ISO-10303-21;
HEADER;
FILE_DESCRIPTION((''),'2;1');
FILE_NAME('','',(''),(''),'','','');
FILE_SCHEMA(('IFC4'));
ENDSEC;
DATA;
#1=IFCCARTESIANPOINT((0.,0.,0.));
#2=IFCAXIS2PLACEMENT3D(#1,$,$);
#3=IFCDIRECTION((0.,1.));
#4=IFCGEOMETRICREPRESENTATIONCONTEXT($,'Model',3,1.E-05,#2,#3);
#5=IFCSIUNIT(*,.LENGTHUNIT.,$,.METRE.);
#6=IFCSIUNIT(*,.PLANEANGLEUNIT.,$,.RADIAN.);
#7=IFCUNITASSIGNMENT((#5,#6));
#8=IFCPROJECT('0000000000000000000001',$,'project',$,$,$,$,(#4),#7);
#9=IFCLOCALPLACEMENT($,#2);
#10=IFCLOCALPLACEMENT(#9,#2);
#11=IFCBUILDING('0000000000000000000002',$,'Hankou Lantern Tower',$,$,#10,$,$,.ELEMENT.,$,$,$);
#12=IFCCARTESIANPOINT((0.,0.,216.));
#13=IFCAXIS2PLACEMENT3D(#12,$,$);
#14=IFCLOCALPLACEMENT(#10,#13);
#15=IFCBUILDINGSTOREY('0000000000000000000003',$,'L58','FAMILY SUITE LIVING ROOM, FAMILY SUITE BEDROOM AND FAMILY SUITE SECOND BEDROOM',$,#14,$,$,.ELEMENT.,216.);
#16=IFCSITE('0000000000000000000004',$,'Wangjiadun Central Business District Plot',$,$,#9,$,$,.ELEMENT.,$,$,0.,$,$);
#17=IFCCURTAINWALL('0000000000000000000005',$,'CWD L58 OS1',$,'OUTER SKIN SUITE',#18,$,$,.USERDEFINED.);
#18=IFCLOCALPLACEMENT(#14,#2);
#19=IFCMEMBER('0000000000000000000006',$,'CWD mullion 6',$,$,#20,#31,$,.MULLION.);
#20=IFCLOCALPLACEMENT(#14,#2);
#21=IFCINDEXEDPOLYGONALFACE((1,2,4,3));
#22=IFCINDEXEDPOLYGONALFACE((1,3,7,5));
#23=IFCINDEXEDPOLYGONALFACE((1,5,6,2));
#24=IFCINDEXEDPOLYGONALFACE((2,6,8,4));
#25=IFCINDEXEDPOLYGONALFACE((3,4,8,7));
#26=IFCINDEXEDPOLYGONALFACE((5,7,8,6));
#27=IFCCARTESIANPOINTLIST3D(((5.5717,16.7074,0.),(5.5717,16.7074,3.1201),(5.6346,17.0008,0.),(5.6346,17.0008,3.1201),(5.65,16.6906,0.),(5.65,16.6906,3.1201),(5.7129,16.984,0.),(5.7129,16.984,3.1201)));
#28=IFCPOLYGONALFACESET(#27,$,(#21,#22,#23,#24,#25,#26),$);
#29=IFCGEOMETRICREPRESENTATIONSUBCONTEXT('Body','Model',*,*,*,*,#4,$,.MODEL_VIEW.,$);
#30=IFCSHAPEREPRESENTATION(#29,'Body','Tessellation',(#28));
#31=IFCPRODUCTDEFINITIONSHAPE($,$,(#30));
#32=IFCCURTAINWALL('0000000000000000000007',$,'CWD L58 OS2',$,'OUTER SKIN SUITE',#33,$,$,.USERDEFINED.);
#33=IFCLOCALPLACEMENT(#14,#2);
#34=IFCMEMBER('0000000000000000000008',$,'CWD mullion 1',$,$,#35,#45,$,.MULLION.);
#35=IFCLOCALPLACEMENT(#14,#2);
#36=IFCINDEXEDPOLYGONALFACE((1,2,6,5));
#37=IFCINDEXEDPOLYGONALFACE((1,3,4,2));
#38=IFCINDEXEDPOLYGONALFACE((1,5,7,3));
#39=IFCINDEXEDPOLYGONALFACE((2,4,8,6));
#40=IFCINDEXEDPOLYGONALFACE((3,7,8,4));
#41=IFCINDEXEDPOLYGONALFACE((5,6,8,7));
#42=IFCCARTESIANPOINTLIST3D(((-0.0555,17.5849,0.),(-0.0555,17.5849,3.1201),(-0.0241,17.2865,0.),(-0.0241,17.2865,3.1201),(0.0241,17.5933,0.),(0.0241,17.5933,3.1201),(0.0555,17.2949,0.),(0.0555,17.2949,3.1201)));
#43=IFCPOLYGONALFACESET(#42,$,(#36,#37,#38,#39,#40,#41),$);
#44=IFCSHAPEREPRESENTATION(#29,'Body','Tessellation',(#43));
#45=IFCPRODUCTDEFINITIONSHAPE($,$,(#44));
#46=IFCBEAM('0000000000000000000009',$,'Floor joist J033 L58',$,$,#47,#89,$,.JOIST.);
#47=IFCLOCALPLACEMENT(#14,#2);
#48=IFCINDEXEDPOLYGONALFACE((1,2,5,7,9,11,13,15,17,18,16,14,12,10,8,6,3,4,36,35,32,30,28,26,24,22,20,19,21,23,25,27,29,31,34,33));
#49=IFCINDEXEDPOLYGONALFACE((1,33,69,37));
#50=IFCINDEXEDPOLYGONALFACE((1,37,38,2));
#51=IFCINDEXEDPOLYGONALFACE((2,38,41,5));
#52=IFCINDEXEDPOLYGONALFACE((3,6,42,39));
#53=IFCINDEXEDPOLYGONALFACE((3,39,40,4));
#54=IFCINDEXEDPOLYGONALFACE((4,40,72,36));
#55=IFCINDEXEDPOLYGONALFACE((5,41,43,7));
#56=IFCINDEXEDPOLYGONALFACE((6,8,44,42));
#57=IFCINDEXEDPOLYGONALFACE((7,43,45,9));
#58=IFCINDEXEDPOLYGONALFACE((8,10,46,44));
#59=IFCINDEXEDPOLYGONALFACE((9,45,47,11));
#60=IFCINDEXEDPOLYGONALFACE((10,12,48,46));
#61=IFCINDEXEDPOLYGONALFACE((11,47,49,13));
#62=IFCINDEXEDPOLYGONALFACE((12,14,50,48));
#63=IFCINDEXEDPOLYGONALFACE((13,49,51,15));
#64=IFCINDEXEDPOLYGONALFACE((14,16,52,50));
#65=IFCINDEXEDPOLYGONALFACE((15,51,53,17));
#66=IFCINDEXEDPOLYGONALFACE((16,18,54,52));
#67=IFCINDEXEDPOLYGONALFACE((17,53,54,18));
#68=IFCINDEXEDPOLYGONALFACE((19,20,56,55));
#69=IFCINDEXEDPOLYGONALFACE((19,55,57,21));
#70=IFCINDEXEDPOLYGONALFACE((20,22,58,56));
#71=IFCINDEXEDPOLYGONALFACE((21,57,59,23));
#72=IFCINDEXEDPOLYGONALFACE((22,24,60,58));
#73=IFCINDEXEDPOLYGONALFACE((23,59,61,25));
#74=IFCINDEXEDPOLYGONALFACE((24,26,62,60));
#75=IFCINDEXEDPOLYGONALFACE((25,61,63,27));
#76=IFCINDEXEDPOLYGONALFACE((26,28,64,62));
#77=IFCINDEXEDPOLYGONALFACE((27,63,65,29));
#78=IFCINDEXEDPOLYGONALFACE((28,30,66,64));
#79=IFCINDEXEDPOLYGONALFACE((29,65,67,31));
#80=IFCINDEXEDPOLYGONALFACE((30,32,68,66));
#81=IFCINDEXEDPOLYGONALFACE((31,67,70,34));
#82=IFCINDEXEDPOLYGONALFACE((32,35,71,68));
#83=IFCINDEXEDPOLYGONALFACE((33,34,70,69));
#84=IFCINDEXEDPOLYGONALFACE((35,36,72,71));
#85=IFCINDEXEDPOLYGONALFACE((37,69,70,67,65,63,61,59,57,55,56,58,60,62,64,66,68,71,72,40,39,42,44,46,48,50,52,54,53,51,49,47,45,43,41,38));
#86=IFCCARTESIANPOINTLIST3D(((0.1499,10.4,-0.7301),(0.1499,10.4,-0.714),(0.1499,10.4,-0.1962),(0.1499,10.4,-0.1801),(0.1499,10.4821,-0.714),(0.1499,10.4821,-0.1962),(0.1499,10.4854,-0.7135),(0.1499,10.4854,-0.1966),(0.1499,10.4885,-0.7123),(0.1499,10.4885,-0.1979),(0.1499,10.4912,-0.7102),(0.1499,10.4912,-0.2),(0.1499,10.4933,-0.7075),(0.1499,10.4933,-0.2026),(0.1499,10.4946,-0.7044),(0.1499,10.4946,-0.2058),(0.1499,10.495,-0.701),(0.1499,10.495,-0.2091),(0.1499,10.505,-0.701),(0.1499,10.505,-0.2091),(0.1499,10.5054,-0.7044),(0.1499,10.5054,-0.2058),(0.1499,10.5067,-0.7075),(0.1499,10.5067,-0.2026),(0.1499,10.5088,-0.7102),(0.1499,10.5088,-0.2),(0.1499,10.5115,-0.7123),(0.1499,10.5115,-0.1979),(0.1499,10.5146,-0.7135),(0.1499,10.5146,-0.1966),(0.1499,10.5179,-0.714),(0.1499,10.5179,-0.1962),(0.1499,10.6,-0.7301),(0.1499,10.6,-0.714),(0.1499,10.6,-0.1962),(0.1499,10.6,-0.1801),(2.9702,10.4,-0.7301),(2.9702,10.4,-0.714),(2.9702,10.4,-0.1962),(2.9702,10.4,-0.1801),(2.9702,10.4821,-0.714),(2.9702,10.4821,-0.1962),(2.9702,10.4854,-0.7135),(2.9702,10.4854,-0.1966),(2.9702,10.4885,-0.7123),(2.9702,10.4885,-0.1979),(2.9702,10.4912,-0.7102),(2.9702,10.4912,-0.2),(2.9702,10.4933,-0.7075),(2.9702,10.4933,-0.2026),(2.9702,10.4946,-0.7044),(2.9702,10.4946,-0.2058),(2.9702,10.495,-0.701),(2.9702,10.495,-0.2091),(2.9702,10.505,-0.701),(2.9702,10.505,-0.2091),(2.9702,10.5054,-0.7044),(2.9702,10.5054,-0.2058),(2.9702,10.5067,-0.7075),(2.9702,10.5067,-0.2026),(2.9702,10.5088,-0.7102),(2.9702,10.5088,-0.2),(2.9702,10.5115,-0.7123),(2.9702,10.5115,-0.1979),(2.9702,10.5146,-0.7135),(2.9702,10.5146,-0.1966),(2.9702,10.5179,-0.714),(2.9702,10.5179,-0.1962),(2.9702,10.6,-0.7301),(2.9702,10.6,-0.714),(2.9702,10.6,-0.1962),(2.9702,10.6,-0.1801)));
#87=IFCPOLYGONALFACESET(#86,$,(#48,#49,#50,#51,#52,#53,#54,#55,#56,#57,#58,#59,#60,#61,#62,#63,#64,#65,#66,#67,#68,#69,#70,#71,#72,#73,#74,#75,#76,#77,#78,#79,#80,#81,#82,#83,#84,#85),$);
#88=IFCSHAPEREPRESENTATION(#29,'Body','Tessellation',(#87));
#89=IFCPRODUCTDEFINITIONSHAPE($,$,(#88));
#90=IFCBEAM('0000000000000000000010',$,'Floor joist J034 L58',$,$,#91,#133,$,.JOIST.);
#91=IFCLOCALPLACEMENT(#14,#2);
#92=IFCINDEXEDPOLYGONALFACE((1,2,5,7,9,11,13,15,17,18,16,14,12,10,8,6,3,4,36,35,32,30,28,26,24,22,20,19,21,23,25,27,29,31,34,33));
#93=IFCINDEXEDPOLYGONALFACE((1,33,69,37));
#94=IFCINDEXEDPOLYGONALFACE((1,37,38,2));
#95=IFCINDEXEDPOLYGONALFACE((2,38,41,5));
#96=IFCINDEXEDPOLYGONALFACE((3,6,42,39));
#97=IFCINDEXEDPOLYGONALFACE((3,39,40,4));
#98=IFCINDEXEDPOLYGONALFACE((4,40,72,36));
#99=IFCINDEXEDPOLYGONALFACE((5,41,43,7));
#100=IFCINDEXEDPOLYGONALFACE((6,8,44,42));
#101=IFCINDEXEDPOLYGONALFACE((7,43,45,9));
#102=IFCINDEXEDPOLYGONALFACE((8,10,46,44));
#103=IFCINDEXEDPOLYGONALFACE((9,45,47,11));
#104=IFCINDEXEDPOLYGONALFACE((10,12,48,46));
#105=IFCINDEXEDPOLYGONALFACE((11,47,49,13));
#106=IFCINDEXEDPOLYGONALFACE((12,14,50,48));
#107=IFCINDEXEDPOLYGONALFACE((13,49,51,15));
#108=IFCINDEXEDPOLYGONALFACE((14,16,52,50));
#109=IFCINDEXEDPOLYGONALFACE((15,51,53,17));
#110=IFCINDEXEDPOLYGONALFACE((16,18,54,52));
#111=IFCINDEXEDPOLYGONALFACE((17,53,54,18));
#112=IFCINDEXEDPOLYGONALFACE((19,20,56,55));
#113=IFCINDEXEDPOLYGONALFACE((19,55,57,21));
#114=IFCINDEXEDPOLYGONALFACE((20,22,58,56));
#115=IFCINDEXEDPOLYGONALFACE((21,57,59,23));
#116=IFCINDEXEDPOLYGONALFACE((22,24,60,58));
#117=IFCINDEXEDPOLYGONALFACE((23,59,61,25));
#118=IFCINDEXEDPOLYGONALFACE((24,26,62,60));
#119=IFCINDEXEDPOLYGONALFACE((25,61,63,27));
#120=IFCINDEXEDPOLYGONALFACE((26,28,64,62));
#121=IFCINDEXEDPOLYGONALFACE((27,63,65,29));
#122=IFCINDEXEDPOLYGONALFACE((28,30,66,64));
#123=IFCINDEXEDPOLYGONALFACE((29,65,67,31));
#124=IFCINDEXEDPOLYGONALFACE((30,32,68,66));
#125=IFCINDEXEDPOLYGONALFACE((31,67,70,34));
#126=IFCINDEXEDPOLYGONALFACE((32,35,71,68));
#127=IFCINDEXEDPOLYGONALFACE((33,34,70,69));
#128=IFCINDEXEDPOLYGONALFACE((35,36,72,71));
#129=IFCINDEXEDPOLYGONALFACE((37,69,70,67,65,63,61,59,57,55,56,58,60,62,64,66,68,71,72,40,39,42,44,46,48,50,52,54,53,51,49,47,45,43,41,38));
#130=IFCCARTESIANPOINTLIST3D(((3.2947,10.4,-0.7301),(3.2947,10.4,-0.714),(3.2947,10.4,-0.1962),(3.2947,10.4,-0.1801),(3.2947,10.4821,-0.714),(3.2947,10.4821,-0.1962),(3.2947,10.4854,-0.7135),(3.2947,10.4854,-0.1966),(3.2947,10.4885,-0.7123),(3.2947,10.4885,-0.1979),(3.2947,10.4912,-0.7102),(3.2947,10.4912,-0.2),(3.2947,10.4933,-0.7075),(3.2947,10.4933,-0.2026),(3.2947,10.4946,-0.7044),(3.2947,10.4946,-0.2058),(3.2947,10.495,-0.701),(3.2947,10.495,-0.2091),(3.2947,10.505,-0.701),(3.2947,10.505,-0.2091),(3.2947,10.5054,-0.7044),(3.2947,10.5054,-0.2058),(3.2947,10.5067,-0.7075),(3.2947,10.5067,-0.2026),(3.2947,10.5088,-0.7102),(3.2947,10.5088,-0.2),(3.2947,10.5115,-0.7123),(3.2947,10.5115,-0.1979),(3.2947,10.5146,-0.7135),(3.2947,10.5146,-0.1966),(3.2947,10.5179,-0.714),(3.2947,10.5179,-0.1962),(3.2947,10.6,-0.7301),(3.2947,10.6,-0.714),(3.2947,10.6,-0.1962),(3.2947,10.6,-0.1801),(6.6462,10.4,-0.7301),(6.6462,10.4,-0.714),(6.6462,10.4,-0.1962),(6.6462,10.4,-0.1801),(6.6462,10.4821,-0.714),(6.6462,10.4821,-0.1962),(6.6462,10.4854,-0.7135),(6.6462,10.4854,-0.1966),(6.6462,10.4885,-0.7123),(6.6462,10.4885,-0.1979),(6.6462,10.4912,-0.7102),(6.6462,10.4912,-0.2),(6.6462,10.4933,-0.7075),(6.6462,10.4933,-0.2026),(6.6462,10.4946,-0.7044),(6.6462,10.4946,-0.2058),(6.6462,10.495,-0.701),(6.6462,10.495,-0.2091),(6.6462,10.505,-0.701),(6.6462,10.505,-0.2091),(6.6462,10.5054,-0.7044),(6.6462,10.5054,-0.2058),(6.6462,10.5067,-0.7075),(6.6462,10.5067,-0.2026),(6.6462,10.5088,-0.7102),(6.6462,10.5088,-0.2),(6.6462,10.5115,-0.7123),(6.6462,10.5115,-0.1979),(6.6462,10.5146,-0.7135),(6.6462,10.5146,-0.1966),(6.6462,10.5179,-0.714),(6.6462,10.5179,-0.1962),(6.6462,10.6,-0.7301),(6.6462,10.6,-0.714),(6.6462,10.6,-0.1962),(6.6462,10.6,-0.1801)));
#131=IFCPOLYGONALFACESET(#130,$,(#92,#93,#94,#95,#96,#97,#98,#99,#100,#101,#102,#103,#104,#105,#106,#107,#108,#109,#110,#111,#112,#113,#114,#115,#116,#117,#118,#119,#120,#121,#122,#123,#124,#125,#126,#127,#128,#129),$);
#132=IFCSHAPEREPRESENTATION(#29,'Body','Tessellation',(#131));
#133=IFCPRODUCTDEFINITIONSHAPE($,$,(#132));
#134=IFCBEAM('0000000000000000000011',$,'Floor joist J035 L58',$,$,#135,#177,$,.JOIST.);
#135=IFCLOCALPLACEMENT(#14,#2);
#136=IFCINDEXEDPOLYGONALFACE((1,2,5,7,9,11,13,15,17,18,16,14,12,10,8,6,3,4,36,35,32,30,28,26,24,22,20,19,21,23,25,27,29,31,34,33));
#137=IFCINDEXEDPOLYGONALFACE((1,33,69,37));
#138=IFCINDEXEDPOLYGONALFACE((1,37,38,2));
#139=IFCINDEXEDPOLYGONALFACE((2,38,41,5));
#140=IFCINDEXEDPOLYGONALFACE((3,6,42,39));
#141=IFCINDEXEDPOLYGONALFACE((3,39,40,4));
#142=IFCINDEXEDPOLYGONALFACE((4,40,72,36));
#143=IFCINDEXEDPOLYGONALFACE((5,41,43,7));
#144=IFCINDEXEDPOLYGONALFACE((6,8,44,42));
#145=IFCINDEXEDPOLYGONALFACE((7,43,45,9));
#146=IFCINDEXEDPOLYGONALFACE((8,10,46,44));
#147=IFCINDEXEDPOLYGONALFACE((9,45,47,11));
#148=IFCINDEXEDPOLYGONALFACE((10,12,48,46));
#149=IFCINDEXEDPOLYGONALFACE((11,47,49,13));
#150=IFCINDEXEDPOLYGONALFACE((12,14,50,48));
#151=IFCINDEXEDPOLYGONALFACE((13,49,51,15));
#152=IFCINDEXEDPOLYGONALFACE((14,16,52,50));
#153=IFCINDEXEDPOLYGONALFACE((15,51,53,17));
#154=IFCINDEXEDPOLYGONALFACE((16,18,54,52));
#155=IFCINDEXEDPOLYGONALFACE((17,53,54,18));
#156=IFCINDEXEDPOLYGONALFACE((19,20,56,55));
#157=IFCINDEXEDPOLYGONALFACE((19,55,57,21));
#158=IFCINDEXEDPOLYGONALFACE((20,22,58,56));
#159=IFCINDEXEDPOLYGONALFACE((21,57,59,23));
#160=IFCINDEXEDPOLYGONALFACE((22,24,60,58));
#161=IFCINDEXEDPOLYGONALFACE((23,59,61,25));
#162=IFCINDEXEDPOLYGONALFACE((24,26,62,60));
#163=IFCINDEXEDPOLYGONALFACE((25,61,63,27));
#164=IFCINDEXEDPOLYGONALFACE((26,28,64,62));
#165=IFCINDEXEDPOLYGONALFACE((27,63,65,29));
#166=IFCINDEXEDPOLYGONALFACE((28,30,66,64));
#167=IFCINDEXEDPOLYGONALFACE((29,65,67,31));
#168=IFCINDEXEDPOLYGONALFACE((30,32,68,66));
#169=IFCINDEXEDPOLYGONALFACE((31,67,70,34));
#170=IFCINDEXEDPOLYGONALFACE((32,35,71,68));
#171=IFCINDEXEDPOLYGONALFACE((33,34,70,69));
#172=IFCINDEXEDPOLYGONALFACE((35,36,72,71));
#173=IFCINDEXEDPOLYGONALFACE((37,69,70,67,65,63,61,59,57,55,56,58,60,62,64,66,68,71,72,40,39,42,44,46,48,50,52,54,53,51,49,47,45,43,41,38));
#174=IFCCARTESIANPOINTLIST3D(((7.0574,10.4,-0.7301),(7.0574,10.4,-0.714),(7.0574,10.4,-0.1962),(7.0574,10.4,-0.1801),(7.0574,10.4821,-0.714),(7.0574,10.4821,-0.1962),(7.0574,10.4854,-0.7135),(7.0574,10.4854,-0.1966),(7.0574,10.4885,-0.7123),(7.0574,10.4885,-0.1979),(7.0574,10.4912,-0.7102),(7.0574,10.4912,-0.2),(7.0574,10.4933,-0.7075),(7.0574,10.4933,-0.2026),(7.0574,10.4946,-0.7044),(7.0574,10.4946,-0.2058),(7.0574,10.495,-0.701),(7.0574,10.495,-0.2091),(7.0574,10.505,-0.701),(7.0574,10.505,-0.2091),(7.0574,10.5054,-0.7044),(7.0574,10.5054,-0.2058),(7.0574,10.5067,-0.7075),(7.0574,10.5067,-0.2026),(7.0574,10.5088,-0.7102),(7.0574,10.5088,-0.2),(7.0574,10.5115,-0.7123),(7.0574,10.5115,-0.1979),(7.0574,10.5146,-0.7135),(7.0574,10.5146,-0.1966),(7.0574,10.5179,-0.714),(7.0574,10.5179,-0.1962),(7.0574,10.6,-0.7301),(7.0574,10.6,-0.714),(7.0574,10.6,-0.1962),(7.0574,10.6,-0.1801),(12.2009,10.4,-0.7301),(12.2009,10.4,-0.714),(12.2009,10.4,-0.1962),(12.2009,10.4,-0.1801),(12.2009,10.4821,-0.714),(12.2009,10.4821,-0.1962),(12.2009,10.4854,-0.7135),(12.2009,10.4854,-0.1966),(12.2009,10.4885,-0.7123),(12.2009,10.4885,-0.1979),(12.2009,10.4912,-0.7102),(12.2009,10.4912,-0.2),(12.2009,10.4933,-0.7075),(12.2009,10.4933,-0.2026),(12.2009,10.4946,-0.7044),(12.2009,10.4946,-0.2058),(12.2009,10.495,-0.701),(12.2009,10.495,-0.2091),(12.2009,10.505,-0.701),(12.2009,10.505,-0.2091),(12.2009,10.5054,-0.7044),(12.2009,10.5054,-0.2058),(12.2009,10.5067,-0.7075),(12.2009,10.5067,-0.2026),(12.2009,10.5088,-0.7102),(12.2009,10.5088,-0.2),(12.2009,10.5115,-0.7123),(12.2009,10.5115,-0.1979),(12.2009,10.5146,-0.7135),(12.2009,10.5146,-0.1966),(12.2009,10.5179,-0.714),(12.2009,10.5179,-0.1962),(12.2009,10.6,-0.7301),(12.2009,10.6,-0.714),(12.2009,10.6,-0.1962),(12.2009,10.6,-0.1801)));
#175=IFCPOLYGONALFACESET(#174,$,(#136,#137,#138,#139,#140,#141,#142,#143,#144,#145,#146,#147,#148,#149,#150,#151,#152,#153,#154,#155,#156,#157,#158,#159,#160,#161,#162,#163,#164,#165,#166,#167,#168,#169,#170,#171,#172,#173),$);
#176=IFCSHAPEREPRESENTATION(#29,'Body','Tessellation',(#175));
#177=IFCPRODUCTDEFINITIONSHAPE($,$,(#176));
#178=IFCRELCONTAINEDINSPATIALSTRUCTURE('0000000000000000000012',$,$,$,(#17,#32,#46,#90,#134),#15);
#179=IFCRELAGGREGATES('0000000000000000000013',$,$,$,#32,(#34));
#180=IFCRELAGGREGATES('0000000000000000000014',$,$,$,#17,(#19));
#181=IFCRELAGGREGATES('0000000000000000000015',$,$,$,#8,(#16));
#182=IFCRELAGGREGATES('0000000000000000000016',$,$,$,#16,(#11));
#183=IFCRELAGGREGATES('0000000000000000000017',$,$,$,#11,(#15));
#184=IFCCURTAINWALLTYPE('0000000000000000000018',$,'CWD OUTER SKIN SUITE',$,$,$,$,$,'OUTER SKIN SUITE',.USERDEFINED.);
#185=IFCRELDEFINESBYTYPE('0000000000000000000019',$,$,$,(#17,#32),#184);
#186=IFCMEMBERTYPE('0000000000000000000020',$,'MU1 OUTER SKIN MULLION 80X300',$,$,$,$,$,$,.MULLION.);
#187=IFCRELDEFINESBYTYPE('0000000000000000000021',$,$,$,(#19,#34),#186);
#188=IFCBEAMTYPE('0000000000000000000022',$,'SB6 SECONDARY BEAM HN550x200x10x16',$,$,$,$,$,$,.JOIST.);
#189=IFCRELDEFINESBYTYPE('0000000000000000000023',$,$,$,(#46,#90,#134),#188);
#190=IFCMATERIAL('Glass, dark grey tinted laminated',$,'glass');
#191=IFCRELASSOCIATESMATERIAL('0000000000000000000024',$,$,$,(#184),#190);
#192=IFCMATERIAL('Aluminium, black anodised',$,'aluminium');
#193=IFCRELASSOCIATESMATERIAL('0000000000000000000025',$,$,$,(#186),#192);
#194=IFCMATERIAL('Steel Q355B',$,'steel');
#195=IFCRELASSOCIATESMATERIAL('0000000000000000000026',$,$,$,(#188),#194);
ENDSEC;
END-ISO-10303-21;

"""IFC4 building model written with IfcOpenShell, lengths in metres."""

from ifc_helpers import new_model, si_unit, direction, frame, origin, origin_2d, place, context, subcontext, project, spatial, rectangle, i_section, extrude, material, material_profile, profile_set, type_object, element, aggregate, save


model = new_model("IFC4")

# Units and contexts
model_context = context("Model", 3, precision=1e-05, world=origin(), true_north=direction((0.0, 1.0)))
body_context = subcontext(model_context, "Body", "Model", "MODEL_VIEW")
ifc_project = project(units=[si_unit("LENGTHUNIT", "METRE"), si_unit("PLANEANGLEUNIT", "RADIAN")], contexts=[model_context])

# Site, building, storey
site_placement = place(None, origin())
site = spatial("IfcSite", under=ifc_project, at=site_placement, Name="Wangjiadun Central Business District Plot", CompositionType="ELEMENT", RefElevation=0.0)
building_placement = place(site_placement, origin())
building = spatial("IfcBuilding", under=site, at=building_placement, Name="Hankou Lantern Tower", CompositionType="ELEMENT")
storey_placement = place(building_placement, frame((0.0, 0.0, 216.0)))
storey = spatial("IfcBuildingStorey", under=building, at=storey_placement, Name="L58", Description="FAMILY SUITE LIVING ROOM, FAMILY SUITE BEDROOM AND FAMILY SUITE SECOND BEDROOM", CompositionType="ELEMENT", Elevation=216.0)

# Curtain walls, members
ifc_material_1 = material(Name="Glass, dark grey tinted laminated", Category="glass")
curtain_wall_type = type_object("IfcCurtainWallType", Name="CWD OUTER SKIN SUITE", ElementType="OUTER SKIN SUITE", PredefinedType="USERDEFINED", material=ifc_material_1)
curtain_wall_1_placement = place(storey_placement, origin())
curtain_wall_1 = element("IfcCurtainWall", 1, at=curtain_wall_1_placement, inside=storey, type_object=curtain_wall_type, Name="CWD L58 OS1", ObjectType="OUTER SKIN SUITE", PredefinedType="USERDEFINED")
ifc_material_2 = material(Name="Aluminium, black anodised", Category="aluminium")
ifc_material_profile_1 = material_profile(ifc_material_2, rectangle(XDim=0.0801, YDim=0.3, at=origin_2d()), Name="MU1 80X300")
ifc_profile_set_1 = profile_set([ifc_material_profile_1], Name="Aluminium, black anodised")
member_type_1 = type_object("IfcMemberType", Name="MU1 OUTER SKIN MULLION 80X300", PredefinedType="MULLION", material=ifc_profile_set_1)
member_1_placement = place(storey_placement, frame((5.6423, 16.8457, 0.0), z_axis=(0.0, 0.0, 1.0), x_axis=(-0.977788, 0.209598, 0.0)))
member_1 = element("IfcMember", 2, at=member_1_placement, type_object=member_type_1, Name="CWD mullion 6", PredefinedType="MULLION", context=body_context, shape_type="SweptSolid", body=[
    extrude(rectangle(XDim=0.0801, YDim=0.3, at=origin_2d()), origin(), (0.0, 0.0, 1.0), 3.1201),
])
curtain_wall_2_placement = place(storey_placement, origin())
curtain_wall_2 = element("IfcCurtainWall", 3, at=curtain_wall_2_placement, inside=storey, type_object=curtain_wall_type, Name="CWD L58 OS2", ObjectType="OUTER SKIN SUITE", PredefinedType="USERDEFINED")
member_2_placement = place(storey_placement, frame((0.0, 17.4399, 0.0), z_axis=(0.0, 0.0, 1.0), x_axis=(-0.994499, -0.104743, 0.0)))
member_2 = element("IfcMember", 4, at=member_2_placement, type_object=member_type_1, Name="CWD mullion 1", PredefinedType="MULLION", context=body_context, shape_type="SweptSolid", body=[
    extrude(rectangle(XDim=0.0801, YDim=0.3, at=origin_2d()), origin(), (0.0, 0.0, 1.0), 3.1201),
])
aggregate(curtain_wall_2, [member_2])

# Beams
ifc_material_3 = material(Name="Steel Q355B", Category="steel")
ifc_material_profile_2 = material_profile(ifc_material_3, i_section(OverallWidth=0.2, OverallDepth=0.55, WebThickness=0.01, FlangeThickness=0.0161, FilletRadius=0.0129, at=origin_2d()), Name="HN550x200x10x16")
ifc_profile_set_2 = profile_set([ifc_material_profile_2], Name="Steel Q355B")
beam_type_1 = type_object("IfcBeamType", Name="SB6 SECONDARY BEAM HN550x200x10x16", PredefinedType="JOIST", material=ifc_profile_set_2)
beam_1_placement = place(storey_placement, frame((0.1499, 10.5, -0.4551), z_axis=(1.0, 0.0, 0.0), x_axis=(0.0, 1.0, 0.0)))
element("IfcBeam", 5, at=beam_1_placement, inside=storey, type_object=beam_type_1, Name="Floor joist J033 L58", PredefinedType="JOIST", context=body_context, shape_type="SweptSolid", body=[
    extrude(i_section(OverallWidth=0.2, OverallDepth=0.55, WebThickness=0.01, FlangeThickness=0.0161, FilletRadius=0.0129, at=origin_2d()), origin(), (0.0, 0.0, 1.0), 2.8203),
])
beam_2_placement = place(storey_placement, frame((3.2947, 10.5, -0.4551), z_axis=(1.0, 0.0, 0.0), x_axis=(0.0, 1.0, 0.0)))
element("IfcBeam", 6, at=beam_2_placement, inside=storey, type_object=beam_type_1, Name="Floor joist J034 L58", PredefinedType="JOIST", context=body_context, shape_type="SweptSolid", body=[
    extrude(i_section(OverallWidth=0.2, OverallDepth=0.55, WebThickness=0.01, FlangeThickness=0.0161, FilletRadius=0.0129, at=origin_2d()), origin(), (0.0, 0.0, 1.0), 3.3516),
])
beam_3_placement = place(storey_placement, frame((7.0574, 10.5, -0.4551), z_axis=(1.0, 0.0, 0.0), x_axis=(0.0, 1.0, 0.0)))
element("IfcBeam", 7, at=beam_3_placement, inside=storey, type_object=beam_type_1, Name="Floor joist J035 L58", PredefinedType="JOIST", context=body_context, shape_type="SweptSolid", body=[
    extrude(i_section(OverallWidth=0.2, OverallDepth=0.55, WebThickness=0.01, FlangeThickness=0.0161, FilletRadius=0.0129, at=origin_2d()), origin(), (0.0, 0.0, 1.0), 5.1436),
])

aggregate(curtain_wall_1, [member_1])

save(model, "model.ifc")
